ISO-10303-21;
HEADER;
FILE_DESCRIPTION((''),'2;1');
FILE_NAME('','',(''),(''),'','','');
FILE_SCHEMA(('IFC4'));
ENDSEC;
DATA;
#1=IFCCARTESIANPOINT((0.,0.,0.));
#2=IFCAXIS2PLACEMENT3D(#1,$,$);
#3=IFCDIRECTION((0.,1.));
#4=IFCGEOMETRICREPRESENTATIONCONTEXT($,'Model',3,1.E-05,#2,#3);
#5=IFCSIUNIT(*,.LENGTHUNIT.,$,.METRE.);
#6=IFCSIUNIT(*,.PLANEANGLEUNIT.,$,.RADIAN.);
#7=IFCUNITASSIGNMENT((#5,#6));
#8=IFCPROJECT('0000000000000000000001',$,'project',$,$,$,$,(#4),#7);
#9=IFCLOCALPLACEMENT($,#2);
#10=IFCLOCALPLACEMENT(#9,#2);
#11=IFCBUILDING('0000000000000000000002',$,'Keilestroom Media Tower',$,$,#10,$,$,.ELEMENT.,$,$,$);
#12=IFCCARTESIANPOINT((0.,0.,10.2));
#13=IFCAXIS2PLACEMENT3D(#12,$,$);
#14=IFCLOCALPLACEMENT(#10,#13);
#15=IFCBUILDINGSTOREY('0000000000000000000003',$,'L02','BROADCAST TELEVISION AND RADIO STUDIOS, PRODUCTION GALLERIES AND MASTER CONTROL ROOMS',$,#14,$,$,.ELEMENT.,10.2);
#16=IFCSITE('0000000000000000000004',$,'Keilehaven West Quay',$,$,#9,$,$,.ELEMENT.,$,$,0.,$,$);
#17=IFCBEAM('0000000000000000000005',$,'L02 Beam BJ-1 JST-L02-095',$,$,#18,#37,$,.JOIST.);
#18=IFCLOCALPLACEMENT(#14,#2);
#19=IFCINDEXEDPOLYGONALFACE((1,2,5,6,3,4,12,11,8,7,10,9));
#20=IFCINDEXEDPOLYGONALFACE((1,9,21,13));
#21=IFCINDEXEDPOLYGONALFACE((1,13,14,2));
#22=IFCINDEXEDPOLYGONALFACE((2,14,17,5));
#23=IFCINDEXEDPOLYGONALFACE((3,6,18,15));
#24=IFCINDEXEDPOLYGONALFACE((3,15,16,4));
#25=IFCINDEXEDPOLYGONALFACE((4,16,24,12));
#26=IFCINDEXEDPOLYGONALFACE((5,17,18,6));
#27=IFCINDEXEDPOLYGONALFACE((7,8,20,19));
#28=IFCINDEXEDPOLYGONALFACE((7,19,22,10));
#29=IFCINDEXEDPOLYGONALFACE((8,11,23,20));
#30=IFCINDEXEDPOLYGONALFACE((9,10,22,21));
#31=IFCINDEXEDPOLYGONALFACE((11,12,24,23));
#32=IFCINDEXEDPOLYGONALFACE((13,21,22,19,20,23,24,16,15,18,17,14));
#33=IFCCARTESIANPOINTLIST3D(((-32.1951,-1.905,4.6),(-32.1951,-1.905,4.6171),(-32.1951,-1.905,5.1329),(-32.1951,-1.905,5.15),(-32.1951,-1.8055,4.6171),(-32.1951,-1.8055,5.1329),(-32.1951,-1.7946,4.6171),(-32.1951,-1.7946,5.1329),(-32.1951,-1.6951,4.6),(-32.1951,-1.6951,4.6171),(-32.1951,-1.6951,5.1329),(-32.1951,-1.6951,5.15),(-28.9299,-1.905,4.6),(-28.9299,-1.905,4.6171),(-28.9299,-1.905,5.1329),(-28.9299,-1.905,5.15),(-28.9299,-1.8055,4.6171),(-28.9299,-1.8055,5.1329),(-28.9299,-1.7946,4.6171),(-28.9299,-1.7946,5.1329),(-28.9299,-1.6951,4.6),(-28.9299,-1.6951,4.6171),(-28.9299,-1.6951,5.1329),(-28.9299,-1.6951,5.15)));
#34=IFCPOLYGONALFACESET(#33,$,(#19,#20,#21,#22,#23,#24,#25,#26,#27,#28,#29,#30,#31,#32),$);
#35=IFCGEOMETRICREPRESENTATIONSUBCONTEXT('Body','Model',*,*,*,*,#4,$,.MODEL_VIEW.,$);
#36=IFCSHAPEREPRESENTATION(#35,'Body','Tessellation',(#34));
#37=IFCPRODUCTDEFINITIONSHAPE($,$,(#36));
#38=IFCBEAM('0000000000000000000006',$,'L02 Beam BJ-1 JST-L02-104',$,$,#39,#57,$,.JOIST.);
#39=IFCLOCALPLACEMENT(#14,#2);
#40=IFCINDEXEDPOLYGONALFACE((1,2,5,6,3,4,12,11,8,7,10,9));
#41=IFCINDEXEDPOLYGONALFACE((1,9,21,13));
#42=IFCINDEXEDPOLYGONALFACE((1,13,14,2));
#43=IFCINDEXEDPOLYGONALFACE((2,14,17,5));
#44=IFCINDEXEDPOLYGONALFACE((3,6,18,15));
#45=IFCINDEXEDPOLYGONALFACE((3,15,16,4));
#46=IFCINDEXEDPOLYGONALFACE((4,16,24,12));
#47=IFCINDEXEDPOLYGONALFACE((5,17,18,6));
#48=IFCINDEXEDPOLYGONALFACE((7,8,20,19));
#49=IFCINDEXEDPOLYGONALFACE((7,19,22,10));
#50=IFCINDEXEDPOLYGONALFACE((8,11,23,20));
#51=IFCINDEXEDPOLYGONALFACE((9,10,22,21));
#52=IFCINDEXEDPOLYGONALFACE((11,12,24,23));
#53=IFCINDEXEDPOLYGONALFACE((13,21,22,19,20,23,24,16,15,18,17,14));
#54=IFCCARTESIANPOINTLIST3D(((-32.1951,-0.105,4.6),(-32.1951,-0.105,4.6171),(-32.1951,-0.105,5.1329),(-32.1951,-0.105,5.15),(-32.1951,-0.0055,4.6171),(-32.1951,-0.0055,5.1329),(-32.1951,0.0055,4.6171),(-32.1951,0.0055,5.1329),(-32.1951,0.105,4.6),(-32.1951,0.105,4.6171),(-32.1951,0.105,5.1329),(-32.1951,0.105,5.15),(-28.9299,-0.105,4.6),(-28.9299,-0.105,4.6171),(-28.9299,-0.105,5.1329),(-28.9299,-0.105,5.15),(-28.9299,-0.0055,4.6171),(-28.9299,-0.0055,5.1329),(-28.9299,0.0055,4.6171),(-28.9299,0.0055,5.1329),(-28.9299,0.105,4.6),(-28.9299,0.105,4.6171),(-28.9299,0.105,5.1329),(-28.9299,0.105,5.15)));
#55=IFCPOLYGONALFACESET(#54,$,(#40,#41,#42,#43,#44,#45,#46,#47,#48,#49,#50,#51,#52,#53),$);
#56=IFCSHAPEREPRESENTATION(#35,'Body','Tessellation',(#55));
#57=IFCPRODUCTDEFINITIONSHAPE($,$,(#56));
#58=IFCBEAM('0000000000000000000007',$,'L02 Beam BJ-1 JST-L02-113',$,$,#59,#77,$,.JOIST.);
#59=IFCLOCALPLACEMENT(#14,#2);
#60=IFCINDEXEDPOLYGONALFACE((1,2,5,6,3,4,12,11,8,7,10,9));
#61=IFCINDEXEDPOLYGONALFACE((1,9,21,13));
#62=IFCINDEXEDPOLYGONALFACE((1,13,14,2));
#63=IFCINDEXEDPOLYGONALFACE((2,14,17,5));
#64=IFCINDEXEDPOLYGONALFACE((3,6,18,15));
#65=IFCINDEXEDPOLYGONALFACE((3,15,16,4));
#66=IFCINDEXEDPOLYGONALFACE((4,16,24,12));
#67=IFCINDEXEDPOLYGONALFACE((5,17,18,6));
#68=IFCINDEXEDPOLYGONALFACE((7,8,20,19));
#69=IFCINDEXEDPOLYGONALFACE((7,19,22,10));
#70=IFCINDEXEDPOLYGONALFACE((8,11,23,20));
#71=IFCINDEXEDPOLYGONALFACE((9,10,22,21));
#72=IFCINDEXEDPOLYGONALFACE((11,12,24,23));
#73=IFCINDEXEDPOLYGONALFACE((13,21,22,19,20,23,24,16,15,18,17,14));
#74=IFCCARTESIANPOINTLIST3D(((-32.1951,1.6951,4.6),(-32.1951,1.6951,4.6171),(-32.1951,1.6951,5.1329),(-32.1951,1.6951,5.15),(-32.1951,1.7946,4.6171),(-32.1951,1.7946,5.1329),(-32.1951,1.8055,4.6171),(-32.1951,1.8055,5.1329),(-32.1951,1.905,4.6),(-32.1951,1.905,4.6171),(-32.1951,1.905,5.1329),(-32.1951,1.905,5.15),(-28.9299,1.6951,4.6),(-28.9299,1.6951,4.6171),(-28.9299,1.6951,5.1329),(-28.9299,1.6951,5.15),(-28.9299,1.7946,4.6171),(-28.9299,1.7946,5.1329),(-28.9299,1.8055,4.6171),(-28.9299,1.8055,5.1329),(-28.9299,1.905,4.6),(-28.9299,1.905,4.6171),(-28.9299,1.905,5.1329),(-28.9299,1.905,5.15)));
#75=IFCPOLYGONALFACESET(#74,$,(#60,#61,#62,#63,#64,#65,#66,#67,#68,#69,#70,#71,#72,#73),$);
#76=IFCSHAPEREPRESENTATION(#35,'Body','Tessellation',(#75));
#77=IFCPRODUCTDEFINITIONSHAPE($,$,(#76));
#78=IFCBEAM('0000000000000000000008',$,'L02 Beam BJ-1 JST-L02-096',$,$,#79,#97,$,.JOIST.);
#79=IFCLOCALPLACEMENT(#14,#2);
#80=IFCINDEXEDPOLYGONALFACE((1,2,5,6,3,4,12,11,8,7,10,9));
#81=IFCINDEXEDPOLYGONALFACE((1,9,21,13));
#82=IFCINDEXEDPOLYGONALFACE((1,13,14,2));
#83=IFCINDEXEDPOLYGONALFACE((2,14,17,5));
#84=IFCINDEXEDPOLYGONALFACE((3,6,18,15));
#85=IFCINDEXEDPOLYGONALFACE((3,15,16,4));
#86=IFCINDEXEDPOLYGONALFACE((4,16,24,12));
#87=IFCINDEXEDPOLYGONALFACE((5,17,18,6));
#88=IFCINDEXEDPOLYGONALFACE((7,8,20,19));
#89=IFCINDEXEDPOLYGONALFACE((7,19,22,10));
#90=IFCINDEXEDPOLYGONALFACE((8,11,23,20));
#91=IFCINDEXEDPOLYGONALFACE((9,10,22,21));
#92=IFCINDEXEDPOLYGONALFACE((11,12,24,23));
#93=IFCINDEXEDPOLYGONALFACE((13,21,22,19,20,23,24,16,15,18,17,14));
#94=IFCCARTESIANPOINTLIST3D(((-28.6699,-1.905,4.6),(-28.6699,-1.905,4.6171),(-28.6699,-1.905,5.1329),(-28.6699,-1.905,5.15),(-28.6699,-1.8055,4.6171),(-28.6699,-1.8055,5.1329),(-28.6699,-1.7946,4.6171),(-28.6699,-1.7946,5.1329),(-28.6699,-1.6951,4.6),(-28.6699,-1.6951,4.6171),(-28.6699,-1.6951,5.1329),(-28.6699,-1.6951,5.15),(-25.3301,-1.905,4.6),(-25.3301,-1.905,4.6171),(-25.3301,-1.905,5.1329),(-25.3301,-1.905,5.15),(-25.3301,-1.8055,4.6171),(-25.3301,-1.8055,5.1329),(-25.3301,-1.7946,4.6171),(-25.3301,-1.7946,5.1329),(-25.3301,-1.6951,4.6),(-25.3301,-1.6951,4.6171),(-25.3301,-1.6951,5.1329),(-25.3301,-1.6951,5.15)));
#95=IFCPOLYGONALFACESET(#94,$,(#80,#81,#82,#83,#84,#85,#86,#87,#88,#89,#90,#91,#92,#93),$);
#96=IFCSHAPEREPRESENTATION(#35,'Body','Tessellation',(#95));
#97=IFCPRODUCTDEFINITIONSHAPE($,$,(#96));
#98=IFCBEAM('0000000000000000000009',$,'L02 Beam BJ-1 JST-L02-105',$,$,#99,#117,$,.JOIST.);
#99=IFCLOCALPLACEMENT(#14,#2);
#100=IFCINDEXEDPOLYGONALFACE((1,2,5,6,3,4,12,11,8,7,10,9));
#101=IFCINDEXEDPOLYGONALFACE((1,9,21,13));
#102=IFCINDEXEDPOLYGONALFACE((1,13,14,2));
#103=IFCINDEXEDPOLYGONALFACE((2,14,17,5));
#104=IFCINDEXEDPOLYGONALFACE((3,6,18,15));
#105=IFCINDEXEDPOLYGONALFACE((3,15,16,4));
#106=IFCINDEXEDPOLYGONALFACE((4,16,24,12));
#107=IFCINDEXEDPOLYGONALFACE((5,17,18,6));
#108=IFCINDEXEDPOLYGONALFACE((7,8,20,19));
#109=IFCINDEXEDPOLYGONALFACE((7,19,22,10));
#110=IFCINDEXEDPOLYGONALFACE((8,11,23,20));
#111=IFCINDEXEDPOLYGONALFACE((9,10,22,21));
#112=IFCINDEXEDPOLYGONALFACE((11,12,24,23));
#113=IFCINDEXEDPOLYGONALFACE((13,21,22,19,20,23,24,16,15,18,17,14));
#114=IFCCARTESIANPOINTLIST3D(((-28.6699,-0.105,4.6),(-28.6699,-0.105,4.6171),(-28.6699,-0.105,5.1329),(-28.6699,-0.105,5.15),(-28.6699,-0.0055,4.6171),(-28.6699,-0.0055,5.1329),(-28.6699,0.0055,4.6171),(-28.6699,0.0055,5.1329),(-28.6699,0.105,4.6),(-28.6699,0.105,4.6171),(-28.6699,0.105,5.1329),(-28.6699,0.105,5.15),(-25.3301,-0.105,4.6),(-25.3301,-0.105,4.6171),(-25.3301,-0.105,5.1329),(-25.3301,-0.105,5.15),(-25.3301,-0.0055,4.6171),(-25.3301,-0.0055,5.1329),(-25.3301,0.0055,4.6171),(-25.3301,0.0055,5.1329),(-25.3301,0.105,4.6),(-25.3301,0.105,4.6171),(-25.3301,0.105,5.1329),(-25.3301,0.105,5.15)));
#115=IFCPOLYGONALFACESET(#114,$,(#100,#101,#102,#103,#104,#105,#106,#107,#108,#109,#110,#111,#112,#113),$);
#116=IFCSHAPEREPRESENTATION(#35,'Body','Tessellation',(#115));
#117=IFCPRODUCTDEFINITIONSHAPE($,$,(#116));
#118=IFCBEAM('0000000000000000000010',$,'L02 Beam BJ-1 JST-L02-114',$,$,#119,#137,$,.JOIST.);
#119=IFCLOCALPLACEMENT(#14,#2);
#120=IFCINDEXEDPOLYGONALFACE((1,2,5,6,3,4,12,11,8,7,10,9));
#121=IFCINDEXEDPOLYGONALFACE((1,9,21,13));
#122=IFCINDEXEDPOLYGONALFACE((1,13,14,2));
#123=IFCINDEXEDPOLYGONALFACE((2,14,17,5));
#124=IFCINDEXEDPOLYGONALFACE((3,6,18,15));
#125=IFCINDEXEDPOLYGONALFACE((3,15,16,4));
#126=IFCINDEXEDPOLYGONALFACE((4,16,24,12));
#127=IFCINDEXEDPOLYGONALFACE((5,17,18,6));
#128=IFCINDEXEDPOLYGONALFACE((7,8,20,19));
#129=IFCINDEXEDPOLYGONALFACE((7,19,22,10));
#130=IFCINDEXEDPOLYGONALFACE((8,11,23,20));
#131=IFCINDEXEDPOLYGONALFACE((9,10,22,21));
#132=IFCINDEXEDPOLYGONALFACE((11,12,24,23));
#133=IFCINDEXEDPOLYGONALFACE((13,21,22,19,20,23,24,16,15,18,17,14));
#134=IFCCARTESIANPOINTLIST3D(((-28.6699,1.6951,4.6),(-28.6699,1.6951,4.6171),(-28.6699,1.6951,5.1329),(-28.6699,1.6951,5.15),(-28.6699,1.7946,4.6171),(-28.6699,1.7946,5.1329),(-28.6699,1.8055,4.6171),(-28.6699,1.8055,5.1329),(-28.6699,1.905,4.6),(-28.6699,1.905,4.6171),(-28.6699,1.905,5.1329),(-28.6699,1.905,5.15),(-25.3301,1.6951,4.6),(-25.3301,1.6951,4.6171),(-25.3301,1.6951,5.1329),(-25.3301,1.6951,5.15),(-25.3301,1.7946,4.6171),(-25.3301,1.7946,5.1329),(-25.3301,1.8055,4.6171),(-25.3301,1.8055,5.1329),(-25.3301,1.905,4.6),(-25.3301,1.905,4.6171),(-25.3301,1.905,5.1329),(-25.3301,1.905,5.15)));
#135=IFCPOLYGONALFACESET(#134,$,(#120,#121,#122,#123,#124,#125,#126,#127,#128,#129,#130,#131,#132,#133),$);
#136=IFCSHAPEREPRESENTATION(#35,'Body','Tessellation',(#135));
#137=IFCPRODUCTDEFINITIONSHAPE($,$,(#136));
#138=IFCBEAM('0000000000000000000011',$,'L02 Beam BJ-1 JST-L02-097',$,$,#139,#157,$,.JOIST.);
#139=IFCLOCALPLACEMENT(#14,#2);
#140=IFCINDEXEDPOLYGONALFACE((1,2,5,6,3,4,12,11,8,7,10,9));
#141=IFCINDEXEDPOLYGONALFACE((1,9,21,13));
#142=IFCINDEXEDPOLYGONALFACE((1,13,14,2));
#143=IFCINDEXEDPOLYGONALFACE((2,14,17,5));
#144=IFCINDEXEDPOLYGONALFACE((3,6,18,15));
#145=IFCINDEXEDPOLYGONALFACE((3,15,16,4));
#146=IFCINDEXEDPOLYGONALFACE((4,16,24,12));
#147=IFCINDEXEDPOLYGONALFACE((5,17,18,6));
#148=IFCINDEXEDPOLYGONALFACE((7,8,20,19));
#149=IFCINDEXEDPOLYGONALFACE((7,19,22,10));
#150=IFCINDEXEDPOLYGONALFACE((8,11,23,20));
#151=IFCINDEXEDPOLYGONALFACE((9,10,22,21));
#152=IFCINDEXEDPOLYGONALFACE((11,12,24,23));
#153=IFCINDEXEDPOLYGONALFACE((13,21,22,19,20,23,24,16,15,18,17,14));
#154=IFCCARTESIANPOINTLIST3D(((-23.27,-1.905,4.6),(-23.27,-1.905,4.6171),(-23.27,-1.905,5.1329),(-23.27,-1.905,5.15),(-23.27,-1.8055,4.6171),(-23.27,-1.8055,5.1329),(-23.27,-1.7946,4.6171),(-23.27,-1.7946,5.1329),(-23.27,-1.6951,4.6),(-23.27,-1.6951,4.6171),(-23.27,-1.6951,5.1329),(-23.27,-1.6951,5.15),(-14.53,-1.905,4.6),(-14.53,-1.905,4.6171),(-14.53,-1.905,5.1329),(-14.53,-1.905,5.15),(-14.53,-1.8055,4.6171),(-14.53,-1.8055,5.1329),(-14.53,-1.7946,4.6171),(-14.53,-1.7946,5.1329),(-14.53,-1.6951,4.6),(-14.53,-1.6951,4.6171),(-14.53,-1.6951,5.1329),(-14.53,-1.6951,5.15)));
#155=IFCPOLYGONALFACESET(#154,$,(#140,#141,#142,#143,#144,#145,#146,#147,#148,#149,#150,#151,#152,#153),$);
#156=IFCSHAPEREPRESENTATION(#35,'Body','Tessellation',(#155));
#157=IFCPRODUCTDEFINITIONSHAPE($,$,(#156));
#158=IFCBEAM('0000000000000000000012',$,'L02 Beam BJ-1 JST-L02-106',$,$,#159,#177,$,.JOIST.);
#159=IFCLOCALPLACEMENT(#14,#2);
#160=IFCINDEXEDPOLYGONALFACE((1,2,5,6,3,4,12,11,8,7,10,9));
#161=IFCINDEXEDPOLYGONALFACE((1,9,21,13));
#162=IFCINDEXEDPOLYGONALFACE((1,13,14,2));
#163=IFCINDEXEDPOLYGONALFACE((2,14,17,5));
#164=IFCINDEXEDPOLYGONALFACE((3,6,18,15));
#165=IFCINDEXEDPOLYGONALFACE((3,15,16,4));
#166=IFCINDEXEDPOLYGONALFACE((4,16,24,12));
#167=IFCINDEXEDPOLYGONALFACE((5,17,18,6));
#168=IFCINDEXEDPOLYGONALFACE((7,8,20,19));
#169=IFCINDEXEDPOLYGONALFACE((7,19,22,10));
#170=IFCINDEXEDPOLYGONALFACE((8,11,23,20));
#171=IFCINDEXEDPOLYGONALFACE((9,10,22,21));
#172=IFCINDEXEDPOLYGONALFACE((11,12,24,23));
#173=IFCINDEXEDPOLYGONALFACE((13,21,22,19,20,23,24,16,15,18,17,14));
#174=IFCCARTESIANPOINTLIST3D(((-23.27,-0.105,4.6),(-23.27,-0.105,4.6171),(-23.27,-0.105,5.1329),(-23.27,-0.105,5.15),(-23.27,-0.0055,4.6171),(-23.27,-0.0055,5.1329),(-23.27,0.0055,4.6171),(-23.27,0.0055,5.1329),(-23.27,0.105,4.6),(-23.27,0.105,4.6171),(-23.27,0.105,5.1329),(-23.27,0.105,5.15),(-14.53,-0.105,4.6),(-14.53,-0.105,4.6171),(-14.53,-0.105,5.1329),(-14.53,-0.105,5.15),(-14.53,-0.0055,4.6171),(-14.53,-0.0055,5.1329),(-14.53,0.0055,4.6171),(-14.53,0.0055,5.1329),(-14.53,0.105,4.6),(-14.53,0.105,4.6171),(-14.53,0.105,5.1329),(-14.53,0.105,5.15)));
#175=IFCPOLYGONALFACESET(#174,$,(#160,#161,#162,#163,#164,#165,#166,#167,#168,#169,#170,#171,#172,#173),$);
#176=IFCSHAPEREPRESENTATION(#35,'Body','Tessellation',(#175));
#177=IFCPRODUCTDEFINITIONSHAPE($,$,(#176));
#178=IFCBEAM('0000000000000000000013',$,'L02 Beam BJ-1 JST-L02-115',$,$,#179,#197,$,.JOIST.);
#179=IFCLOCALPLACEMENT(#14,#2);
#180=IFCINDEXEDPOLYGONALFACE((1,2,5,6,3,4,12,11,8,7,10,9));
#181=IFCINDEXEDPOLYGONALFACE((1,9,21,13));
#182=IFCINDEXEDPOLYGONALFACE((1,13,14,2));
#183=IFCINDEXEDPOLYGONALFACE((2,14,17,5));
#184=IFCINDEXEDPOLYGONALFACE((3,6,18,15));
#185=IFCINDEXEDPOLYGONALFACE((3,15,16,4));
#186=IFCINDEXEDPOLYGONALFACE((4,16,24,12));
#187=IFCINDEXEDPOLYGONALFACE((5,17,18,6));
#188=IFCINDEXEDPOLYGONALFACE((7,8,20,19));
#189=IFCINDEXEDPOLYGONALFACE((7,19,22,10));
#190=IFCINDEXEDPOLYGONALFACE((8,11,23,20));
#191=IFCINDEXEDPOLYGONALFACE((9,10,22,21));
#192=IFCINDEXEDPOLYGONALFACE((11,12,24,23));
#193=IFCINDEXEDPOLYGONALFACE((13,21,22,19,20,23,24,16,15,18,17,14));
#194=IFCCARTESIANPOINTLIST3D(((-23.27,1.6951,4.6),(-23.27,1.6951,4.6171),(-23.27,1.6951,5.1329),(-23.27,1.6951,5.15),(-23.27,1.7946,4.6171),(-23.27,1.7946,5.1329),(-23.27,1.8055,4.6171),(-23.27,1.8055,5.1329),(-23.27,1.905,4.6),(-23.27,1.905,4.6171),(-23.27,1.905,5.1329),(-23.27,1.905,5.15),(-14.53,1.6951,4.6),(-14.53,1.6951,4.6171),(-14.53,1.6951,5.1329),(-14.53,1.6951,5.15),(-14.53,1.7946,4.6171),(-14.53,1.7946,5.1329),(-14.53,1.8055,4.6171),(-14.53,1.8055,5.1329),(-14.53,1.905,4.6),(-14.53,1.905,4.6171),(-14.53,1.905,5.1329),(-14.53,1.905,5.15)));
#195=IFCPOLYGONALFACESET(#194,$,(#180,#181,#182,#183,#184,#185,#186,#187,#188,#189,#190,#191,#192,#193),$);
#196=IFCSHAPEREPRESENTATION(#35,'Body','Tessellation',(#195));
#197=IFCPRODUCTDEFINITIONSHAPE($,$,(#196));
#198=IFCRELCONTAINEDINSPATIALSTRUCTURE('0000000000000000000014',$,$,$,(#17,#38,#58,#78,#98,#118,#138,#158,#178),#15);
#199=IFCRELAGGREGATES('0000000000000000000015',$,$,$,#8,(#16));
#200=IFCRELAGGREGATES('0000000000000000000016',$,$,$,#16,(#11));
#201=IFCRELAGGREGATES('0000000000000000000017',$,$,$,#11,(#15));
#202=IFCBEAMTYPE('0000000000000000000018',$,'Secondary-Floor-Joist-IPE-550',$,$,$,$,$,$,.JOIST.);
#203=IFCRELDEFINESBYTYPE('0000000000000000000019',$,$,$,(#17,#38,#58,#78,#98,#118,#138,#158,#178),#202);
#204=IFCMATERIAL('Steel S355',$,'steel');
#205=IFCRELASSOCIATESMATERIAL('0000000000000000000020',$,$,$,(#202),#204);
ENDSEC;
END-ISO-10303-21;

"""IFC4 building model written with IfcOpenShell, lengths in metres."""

from ifc_helpers import new_model, si_unit, direction, frame, origin, origin_2d, place, context, subcontext, project, spatial, i_section, extrude, source, transform, mapped, material, material_profile, profile_set, type_object, element, save


model = new_model("IFC4")

# Units and contexts
model_context = context("Model", 3, precision=1e-05, world=origin(), true_north=direction((0.0, 1.0)))
body_context = subcontext(model_context, "Body", "Model", "MODEL_VIEW")
ifc_project = project(units=[si_unit("LENGTHUNIT", "METRE"), si_unit("PLANEANGLEUNIT", "RADIAN")], contexts=[model_context])

# Site, building, storey
site_placement = place(None, origin())
site = spatial("IfcSite", under=ifc_project, at=site_placement, Name="Keilehaven West Quay", CompositionType="ELEMENT", RefElevation=0.0)
building_placement = place(site_placement, origin())
building = spatial("IfcBuilding", under=site, at=building_placement, Name="Keilestroom Media Tower", CompositionType="ELEMENT")
storey_placement = place(building_placement, frame((0.0, 0.0, 10.2)))
storey = spatial("IfcBuildingStorey", under=building, at=storey_placement, Name="L02", Description="BROADCAST TELEVISION AND RADIO STUDIOS, PRODUCTION GALLERIES AND MASTER CONTROL ROOMS", CompositionType="ELEMENT", Elevation=10.2)

# Beams
ifc_material_1 = material(Name="Steel S355", Category="steel")
ifc_material_profile_1 = material_profile(ifc_material_1, i_section(OverallWidth=0.21, OverallDepth=0.55, WebThickness=0.011, FlangeThickness=0.0171, at=origin_2d()), Name="IPE 550")
ifc_profile_set_1 = profile_set([ifc_material_profile_1], Name="Steel S355")
beam_type_1 = type_object("IfcBeamType", Name="Secondary-Floor-Joist-IPE-550", PredefinedType="JOIST", material=ifc_profile_set_1)
shared_shape_1 = source(origin(), body_context, "Body", "SweptSolid", [
    extrude(i_section(OverallWidth=0.21, OverallDepth=0.55, WebThickness=0.011, FlangeThickness=0.0171, at=origin_2d()), origin(), (0.0, 0.0, 1.0), 3.2651),
])
for number, where, z_axis, x_axis, name in (
    (1, (-32.1951, -1.8, 4.875), (1.0, 0.0, 0.0), (0.0, 1.0, 0.0), "L02 Beam BJ-1 JST-L02-095"),
    (2, (-32.1951, 0.0, 4.875), (1.0, 0.0, 0.0), (0.0, 1.0, 0.0), "L02 Beam BJ-1 JST-L02-104"),
    (3, (-32.1951, 1.8, 4.875), (1.0, 0.0, 0.0), (0.0, 1.0, 0.0), "L02 Beam BJ-1 JST-L02-113"),
):
    element("IfcBeam", number, at=place(storey_placement, frame(where, z_axis=z_axis, x_axis=x_axis)), inside=storey, type_object=beam_type_1, Name=name, PredefinedType="JOIST", context=body_context, shape_type="MappedRepresentation", body=[
        mapped(shared_shape_1, transform((0.0, 0.0, 0.0), x_axis=(1.0, 0.0, 0.0), y_axis=(0.0, 1.0, 0.0), z_axis=(0.0, 0.0, 1.0), scale=1.0)),
    ])
shared_shape_2 = source(origin(), body_context, "Body", "SweptSolid", [
    extrude(i_section(OverallWidth=0.21, OverallDepth=0.55, WebThickness=0.011, FlangeThickness=0.0171, at=origin_2d()), origin(), (0.0, 0.0, 1.0), 3.3398),
])
for number, where, z_axis, x_axis, name in (
    (4, (-28.6699, -1.8, 4.875), (1.0, 0.0, 0.0), (0.0, 1.0, 0.0), "L02 Beam BJ-1 JST-L02-096"),
    (5, (-28.6699, 0.0, 4.875), (1.0, 0.0, 0.0), (0.0, 1.0, 0.0), "L02 Beam BJ-1 JST-L02-105"),
    (6, (-28.6699, 1.8, 4.875), (1.0, 0.0, 0.0), (0.0, 1.0, 0.0), "L02 Beam BJ-1 JST-L02-114"),
):
    element("IfcBeam", number, at=place(storey_placement, frame(where, z_axis=z_axis, x_axis=x_axis)), inside=storey, type_object=beam_type_1, Name=name, PredefinedType="JOIST", context=body_context, shape_type="MappedRepresentation", body=[
        mapped(shared_shape_2, transform((0.0, 0.0, 0.0), x_axis=(1.0, 0.0, 0.0), y_axis=(0.0, 1.0, 0.0), z_axis=(0.0, 0.0, 1.0), scale=1.0)),
    ])
shared_shape_3 = source(origin(), body_context, "Body", "SweptSolid", [
    extrude(i_section(OverallWidth=0.21, OverallDepth=0.55, WebThickness=0.011, FlangeThickness=0.0171, at=origin_2d()), origin(), (0.0, 0.0, 1.0), 8.74),
])
for number, where, z_axis, x_axis, name in (
    (7, (-23.27, -1.8, 4.875), (1.0, 0.0, 0.0), (0.0, 1.0, 0.0), "L02 Beam BJ-1 JST-L02-097"),
    (8, (-23.27, 0.0, 4.875), (1.0, 0.0, 0.0), (0.0, 1.0, 0.0), "L02 Beam BJ-1 JST-L02-106"),
    (9, (-23.27, 1.8, 4.875), (1.0, 0.0, 0.0), (0.0, 1.0, 0.0), "L02 Beam BJ-1 JST-L02-115"),
):
    element("IfcBeam", number, at=place(storey_placement, frame(where, z_axis=z_axis, x_axis=x_axis)), inside=storey, type_object=beam_type_1, Name=name, PredefinedType="JOIST", context=body_context, shape_type="MappedRepresentation", body=[
        mapped(shared_shape_3, transform((0.0, 0.0, 0.0), x_axis=(1.0, 0.0, 0.0), y_axis=(0.0, 1.0, 0.0), z_axis=(0.0, 0.0, 1.0), scale=1.0)),
    ])

save(model, "model.ifc")
